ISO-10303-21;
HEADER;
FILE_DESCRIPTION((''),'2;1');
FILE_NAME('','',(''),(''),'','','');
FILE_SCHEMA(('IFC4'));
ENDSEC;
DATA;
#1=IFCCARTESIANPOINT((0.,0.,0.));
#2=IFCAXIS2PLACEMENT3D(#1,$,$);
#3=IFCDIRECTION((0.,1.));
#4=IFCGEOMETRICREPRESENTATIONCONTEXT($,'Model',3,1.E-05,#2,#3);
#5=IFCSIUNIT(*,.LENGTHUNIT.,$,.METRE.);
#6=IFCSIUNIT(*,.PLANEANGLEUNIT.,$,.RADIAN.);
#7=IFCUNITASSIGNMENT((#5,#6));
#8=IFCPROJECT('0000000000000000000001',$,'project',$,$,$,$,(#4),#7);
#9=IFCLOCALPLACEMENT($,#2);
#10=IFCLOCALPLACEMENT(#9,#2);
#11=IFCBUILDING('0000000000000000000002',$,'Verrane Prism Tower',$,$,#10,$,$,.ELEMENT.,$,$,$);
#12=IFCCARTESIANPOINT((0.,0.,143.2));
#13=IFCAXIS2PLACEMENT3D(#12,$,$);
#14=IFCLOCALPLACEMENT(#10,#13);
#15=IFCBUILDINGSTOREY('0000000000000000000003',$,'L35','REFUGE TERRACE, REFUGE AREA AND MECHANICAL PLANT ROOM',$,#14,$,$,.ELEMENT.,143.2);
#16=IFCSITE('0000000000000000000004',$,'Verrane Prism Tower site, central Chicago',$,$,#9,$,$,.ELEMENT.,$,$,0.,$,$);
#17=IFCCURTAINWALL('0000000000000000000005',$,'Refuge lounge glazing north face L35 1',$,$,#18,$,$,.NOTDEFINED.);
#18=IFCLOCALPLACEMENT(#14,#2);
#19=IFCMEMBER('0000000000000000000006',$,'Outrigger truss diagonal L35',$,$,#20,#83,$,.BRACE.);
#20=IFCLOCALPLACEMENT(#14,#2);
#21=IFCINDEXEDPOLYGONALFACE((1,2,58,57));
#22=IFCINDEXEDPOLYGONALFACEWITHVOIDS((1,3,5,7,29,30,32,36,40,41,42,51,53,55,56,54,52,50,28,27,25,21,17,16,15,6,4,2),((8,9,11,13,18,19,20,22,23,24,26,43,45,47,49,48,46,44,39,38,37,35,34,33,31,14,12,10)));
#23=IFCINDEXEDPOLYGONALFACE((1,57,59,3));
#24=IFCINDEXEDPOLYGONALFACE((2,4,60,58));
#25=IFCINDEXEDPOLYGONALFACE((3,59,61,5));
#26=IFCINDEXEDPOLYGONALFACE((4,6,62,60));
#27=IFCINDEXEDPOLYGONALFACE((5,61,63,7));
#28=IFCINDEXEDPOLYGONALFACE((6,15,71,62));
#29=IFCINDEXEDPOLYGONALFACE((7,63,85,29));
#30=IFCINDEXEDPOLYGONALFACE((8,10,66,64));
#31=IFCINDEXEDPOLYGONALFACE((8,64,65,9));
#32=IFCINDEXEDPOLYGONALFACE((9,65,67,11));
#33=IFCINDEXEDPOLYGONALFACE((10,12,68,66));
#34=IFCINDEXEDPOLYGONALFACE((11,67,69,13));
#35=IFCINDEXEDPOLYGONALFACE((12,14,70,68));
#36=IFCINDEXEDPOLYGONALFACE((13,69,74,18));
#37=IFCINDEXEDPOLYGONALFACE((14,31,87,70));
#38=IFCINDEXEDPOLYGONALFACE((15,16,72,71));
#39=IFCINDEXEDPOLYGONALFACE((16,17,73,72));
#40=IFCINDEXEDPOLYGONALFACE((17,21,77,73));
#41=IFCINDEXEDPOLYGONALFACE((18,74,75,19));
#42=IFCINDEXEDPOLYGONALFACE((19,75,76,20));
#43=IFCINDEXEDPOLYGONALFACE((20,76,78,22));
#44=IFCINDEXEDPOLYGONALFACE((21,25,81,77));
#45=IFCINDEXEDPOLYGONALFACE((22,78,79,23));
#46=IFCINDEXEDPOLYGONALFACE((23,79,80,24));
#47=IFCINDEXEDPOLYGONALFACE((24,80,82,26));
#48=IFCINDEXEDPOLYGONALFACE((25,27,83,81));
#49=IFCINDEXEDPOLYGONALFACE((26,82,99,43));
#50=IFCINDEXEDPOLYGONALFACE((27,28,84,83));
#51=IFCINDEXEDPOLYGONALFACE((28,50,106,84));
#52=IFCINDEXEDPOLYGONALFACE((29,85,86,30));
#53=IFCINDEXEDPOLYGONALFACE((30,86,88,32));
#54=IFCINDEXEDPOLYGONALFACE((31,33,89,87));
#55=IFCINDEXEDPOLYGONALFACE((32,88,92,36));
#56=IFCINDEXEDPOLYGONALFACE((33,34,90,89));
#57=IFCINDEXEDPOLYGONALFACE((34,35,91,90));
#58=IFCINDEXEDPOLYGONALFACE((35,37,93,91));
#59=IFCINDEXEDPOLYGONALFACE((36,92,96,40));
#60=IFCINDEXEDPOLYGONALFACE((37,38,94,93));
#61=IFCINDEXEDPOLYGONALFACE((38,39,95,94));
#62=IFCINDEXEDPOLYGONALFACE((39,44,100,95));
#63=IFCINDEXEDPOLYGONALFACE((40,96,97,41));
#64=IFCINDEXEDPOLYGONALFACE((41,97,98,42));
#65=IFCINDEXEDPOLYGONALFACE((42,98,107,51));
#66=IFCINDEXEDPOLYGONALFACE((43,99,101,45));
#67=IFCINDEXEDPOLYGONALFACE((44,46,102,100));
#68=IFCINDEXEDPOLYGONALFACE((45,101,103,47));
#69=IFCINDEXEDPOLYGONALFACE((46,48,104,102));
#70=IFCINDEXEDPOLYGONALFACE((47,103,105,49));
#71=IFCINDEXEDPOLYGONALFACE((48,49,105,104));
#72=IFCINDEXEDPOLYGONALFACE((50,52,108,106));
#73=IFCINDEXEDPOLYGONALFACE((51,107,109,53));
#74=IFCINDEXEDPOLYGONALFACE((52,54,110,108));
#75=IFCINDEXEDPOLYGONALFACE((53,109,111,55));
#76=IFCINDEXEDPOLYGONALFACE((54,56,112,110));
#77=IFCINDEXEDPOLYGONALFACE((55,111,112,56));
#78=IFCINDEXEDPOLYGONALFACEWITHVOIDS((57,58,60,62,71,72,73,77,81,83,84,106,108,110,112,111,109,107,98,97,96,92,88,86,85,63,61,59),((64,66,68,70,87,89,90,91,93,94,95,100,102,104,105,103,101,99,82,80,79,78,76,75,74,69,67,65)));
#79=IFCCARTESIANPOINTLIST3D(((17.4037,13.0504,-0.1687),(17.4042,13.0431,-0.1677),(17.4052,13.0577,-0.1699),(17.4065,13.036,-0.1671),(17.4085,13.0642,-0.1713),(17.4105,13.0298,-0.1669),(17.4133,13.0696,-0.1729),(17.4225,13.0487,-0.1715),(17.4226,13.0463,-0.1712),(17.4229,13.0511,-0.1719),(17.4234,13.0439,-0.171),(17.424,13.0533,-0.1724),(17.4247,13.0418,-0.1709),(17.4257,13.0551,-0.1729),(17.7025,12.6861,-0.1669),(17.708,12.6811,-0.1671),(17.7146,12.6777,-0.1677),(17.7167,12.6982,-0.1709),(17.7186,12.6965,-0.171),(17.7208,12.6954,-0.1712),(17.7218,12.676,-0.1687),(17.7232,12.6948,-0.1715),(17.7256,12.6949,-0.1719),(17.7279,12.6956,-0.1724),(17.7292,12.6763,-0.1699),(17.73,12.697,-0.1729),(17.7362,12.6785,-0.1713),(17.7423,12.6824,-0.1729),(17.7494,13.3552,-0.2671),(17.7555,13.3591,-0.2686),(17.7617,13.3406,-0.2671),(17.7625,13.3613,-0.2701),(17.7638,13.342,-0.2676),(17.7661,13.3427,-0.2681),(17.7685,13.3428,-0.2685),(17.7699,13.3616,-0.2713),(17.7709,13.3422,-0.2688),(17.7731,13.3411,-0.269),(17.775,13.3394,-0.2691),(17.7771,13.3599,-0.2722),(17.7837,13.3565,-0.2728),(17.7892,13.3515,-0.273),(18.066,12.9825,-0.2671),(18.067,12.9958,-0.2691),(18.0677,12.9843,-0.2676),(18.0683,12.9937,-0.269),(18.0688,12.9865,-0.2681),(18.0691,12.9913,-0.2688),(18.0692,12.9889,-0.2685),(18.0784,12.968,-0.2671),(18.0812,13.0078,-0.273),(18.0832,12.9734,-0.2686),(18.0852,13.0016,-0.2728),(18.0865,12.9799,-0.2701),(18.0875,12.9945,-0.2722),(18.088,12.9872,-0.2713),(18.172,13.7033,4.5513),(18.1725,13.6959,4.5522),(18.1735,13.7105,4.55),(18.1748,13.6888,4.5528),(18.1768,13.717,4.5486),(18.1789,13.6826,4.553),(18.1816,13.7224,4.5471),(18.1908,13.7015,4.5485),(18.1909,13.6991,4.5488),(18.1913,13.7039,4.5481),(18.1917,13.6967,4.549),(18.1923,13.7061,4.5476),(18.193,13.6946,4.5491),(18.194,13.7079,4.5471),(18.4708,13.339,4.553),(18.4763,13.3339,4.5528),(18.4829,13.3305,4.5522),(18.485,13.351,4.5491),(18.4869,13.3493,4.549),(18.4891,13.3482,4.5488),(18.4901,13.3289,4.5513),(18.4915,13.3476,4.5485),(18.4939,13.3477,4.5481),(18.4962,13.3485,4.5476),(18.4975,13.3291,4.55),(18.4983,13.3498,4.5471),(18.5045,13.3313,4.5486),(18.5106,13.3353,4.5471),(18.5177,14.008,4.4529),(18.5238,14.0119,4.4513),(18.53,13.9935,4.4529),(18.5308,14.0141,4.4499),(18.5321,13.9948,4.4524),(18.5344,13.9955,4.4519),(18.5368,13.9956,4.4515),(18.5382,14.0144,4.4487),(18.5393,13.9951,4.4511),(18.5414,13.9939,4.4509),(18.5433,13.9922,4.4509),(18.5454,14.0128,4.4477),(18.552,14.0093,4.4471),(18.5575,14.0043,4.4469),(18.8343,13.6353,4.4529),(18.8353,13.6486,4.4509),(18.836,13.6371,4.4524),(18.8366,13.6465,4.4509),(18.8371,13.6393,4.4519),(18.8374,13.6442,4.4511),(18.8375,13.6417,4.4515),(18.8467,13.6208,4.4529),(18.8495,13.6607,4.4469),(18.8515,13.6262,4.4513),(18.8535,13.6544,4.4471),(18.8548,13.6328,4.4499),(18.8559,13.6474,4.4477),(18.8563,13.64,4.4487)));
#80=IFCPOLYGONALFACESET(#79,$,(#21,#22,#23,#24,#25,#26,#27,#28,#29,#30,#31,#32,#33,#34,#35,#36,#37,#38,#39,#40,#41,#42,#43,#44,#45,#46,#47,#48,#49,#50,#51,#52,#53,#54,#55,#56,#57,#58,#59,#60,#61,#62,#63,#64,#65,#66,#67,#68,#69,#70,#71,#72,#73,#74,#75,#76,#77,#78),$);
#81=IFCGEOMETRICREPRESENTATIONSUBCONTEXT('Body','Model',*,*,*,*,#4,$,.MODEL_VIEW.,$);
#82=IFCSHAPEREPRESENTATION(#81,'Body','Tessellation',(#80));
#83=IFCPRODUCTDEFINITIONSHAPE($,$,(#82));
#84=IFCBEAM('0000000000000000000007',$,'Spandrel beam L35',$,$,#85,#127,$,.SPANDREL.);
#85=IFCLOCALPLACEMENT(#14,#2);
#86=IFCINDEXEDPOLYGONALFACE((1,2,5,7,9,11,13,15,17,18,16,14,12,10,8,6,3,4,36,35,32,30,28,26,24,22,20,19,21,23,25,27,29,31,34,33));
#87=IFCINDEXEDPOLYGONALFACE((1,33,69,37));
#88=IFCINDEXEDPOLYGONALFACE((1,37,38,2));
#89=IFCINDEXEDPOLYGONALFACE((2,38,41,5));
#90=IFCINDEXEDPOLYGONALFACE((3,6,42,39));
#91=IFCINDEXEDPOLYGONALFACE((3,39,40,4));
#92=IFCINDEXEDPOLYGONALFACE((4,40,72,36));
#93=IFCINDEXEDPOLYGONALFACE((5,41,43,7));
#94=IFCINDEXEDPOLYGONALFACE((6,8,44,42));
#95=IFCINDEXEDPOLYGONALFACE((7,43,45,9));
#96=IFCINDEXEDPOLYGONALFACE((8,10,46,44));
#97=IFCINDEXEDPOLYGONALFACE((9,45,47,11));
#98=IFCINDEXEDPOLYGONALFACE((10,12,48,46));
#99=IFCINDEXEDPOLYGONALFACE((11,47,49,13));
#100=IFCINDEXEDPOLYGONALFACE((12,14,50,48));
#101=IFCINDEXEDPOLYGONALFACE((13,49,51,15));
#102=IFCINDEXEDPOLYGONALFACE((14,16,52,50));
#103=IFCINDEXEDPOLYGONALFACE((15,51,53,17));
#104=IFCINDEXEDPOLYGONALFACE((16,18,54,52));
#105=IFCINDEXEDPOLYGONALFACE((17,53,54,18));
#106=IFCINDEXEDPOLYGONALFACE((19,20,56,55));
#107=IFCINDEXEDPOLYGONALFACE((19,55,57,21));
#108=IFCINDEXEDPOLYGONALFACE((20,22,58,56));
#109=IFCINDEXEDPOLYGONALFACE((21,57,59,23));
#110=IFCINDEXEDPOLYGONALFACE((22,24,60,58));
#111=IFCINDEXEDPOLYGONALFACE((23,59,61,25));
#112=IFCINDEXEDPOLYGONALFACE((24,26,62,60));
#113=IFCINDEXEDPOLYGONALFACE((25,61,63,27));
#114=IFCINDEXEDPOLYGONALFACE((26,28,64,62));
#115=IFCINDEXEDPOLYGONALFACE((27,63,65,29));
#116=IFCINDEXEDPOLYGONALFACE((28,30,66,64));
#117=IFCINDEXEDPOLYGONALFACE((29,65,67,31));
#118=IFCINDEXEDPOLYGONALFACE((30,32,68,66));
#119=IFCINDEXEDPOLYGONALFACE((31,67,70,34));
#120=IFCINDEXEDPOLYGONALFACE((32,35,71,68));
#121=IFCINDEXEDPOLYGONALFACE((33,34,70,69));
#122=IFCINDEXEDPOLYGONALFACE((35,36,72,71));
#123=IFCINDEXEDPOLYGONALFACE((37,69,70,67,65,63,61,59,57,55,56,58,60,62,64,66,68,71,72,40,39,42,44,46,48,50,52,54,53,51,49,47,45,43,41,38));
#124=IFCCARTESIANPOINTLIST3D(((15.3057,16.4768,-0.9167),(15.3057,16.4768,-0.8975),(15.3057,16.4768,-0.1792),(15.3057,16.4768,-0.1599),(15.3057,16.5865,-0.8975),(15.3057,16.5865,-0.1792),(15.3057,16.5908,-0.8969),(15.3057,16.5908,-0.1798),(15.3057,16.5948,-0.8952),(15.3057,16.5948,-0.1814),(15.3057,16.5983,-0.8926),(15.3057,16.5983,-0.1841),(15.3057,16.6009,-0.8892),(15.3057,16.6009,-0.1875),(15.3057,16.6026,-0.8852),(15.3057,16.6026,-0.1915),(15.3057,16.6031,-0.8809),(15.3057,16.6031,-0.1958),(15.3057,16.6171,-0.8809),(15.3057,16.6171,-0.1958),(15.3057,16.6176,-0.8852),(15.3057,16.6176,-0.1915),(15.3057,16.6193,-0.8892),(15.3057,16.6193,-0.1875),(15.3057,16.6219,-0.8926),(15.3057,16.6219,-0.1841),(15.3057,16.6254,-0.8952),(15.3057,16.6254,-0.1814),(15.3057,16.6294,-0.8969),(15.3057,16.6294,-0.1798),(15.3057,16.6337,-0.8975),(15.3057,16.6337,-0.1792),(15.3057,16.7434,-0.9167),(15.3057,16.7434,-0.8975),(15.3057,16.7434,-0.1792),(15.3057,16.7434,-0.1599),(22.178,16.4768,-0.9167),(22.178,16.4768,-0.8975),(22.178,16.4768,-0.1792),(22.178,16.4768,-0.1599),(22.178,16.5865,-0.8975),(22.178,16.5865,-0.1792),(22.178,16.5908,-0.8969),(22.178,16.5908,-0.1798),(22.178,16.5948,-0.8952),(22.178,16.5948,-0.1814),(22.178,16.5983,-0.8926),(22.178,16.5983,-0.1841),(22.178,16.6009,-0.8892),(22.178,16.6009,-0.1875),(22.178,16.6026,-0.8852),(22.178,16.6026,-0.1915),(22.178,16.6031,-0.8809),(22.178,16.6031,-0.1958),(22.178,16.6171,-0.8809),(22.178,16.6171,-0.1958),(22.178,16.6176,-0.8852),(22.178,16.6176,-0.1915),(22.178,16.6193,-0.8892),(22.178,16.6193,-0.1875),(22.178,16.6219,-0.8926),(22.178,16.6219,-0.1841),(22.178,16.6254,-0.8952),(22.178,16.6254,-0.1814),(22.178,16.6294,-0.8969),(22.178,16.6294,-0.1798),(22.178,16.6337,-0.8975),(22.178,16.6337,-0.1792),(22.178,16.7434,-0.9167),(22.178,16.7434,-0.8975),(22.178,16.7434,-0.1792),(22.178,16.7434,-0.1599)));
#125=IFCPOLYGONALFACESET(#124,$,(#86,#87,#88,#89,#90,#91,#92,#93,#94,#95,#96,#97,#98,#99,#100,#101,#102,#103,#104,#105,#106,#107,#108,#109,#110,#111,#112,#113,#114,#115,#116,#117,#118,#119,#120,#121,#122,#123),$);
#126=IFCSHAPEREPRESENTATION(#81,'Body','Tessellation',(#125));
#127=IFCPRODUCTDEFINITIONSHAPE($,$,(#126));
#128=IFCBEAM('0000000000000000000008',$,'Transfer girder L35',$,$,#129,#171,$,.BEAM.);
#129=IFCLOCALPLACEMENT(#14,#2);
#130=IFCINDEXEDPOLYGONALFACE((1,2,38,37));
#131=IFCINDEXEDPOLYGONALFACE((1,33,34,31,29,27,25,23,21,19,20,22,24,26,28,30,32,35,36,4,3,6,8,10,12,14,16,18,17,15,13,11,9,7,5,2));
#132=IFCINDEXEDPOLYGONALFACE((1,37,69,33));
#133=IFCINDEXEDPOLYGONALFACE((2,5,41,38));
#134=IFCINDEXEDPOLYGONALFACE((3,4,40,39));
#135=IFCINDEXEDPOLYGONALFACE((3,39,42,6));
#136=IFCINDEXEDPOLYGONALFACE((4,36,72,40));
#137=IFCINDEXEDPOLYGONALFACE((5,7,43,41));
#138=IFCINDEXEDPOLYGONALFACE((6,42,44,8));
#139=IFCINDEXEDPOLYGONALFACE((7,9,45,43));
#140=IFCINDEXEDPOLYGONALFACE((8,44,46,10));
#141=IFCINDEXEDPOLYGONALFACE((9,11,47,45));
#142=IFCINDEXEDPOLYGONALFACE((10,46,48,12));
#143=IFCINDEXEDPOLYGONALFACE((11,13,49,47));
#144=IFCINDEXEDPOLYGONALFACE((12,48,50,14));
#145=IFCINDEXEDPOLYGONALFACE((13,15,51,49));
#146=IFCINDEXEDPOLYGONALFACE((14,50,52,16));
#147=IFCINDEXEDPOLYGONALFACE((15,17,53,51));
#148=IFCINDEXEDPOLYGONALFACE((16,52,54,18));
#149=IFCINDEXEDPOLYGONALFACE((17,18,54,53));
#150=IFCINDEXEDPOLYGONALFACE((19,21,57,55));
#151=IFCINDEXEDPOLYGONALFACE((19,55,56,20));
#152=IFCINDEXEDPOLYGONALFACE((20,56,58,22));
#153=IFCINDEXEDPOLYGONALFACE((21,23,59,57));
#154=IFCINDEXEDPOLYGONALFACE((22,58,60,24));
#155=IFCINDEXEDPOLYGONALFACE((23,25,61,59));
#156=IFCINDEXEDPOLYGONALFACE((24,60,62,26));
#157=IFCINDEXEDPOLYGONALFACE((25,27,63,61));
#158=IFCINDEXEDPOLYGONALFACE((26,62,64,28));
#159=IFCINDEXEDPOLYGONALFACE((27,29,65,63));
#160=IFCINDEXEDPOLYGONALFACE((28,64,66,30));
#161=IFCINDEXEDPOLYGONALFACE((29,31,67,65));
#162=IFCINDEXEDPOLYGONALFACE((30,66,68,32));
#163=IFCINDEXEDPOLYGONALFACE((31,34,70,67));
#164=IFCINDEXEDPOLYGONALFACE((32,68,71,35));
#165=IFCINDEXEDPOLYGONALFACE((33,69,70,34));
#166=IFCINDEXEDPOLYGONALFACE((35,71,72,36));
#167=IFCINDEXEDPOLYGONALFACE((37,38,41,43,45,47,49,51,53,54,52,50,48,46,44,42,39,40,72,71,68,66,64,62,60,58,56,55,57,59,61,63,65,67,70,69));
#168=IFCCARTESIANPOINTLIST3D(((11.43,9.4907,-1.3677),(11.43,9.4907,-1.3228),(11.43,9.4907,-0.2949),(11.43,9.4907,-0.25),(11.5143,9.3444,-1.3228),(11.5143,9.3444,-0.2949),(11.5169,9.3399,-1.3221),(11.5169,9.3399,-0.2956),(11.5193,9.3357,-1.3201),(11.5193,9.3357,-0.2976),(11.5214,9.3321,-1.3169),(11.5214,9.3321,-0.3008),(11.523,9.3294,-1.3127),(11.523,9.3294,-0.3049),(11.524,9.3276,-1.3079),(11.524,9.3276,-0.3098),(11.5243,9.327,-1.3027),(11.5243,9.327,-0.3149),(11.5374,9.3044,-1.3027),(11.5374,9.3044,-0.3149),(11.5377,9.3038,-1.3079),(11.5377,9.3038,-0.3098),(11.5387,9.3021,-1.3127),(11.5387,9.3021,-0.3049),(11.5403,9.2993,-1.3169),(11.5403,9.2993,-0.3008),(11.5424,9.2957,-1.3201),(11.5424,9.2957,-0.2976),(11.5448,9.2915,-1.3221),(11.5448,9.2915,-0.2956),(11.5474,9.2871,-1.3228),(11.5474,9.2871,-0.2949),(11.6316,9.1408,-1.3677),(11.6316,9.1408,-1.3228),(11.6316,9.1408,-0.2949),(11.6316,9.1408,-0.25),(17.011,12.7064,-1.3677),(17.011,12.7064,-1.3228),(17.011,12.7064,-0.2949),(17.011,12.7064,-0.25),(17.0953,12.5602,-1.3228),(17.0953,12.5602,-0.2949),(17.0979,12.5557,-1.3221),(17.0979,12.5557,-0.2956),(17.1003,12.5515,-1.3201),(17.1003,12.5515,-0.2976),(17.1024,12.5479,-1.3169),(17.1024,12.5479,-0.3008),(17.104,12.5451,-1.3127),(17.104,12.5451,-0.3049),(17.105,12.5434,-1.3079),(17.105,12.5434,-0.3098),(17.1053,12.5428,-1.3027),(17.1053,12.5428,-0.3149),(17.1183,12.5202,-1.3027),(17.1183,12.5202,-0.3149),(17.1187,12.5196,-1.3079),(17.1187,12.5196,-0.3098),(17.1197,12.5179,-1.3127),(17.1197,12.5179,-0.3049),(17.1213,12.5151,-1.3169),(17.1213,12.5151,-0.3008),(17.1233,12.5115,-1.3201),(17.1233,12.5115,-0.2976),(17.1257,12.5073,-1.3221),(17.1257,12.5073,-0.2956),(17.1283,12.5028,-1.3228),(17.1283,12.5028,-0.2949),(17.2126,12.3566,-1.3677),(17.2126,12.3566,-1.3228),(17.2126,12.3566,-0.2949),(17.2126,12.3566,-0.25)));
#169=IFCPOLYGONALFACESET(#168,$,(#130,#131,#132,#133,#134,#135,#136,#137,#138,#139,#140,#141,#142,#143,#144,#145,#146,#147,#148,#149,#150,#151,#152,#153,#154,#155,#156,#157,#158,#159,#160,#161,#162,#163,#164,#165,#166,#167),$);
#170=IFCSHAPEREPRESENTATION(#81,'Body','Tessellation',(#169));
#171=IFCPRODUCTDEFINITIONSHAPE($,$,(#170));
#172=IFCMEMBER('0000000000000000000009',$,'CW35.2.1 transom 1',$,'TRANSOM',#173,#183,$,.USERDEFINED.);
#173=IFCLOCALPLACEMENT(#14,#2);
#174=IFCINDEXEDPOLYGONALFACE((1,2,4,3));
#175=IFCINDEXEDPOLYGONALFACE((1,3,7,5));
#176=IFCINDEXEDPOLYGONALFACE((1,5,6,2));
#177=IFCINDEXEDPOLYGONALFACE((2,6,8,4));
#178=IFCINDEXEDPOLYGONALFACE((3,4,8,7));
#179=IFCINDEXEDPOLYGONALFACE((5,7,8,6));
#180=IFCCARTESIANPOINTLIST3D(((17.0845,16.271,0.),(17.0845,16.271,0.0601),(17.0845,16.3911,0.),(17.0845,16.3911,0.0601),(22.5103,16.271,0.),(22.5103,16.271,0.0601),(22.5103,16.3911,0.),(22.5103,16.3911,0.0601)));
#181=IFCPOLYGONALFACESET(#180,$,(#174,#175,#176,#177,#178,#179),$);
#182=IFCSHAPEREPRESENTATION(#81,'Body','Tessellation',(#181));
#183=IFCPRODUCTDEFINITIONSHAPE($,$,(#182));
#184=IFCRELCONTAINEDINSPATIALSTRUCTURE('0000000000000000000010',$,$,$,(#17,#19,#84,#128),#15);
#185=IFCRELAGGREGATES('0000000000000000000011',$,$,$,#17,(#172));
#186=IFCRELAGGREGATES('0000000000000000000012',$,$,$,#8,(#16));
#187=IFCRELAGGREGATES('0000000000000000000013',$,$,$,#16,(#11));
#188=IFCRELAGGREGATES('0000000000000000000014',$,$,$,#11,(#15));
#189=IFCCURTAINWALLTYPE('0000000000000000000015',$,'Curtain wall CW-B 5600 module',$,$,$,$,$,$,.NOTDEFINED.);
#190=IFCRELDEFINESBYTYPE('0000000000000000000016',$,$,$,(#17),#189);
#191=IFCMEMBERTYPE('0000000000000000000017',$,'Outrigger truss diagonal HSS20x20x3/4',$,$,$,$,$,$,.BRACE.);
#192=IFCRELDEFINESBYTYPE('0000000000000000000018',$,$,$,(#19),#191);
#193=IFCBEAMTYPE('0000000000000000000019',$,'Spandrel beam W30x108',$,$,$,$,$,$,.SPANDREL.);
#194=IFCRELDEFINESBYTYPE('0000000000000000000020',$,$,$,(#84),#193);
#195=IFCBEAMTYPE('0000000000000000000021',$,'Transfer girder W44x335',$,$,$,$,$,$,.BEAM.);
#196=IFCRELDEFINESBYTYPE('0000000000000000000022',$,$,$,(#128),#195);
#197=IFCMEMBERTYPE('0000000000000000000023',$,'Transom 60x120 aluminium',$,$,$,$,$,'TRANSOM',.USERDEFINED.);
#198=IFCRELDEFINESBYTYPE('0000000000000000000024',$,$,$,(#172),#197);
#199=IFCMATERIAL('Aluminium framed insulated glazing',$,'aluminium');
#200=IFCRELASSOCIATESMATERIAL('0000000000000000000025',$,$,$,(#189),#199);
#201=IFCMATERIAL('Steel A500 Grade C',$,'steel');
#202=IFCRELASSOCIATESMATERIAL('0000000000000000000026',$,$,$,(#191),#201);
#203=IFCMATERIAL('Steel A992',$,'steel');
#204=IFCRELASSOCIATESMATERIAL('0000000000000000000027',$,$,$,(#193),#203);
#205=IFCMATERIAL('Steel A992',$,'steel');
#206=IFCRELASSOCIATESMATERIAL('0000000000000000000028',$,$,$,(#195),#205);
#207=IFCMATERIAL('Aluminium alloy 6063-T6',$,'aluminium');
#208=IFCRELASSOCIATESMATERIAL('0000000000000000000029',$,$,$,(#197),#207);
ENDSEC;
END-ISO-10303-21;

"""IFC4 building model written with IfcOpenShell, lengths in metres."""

from ifc_helpers import new_model, si_unit, direction, frame, origin, origin_2d, place, context, subcontext, project, spatial, rectangle, hollow_rectangle, i_section, extrude, material, material_profile, profile_set, type_object, element, aggregate, save


model = new_model("IFC4")

# Units and contexts
model_context = context("Model", 3, precision=1e-05, world=origin(), true_north=direction((0.0, 1.0)))
body_context = subcontext(model_context, "Body", "Model", "MODEL_VIEW")
ifc_project = project(units=[si_unit("LENGTHUNIT", "METRE"), si_unit("PLANEANGLEUNIT", "RADIAN")], contexts=[model_context])

# Site, building, storey
site_placement = place(None, origin())
site = spatial("IfcSite", under=ifc_project, at=site_placement, Name="Verrane Prism Tower site, central Chicago", CompositionType="ELEMENT", RefElevation=0.0)
building_placement = place(site_placement, origin())
building = spatial("IfcBuilding", under=site, at=building_placement, Name="Verrane Prism Tower", CompositionType="ELEMENT")
storey_placement = place(building_placement, frame((0.0, 0.0, 143.2)))
storey = spatial("IfcBuildingStorey", under=building, at=storey_placement, Name="L35", Description="REFUGE TERRACE, REFUGE AREA AND MECHANICAL PLANT ROOM", CompositionType="ELEMENT", Elevation=143.2)

# Curtain wall
ifc_material_1 = material(Name="Aluminium framed insulated glazing", Category="aluminium")
curtain_wall_type = type_object("IfcCurtainWallType", Name="Curtain wall CW-B 5600 module", PredefinedType="NOTDEFINED", material=ifc_material_1)
curtain_wall_placement = place(storey_placement, origin())
curtain_wall = element("IfcCurtainWall", 1, at=curtain_wall_placement, inside=storey, type_object=curtain_wall_type, Name="Refuge lounge glazing north face L35 1", PredefinedType="NOTDEFINED")

# Member
ifc_material_2 = material(Name="Steel A500 Grade C", Category="steel")
ifc_material_profile_1 = material_profile(ifc_material_2, hollow_rectangle(XDim=0.5081, YDim=0.5081, WallThickness=0.019, InnerFilletRadius=0.0095, OuterFilletRadius=0.0286, at=origin_2d()), Name="HSS20x20x3/4")
ifc_profile_set_1 = profile_set([ifc_material_profile_1], Name="Steel A500 Grade C")
member_type_1 = type_object("IfcMemberType", Name="Outrigger truss diagonal HSS20x20x3/4", PredefinedType="BRACE", material=ifc_profile_set_1)
member_1_placement = place(storey_placement, frame((17.7458, 13.0188, -0.22), z_axis=(0.159188, 0.135261, 0.977938), x_axis=(-0.647515, 0.762053, 0.0)))
element("IfcMember", 2, at=member_1_placement, inside=storey, type_object=member_type_1, Name="Outrigger truss diagonal L35", PredefinedType="BRACE", context=body_context, shape_type="SweptSolid", body=[
    extrude(hollow_rectangle(XDim=0.5081, YDim=0.5081, WallThickness=0.019, InnerFilletRadius=0.0095, OuterFilletRadius=0.0286, at=origin_2d()), origin(), (0.0, 0.0, 1.0), 4.8264),
])

# Beams
ifc_material_3 = material(Name="Steel A992", Category="steel")
ifc_material_profile_2 = material_profile(ifc_material_3, i_section(OverallWidth=0.2666, OverallDepth=0.7568, WebThickness=0.0139, FlangeThickness=0.0193, FilletRadius=0.0166, at=origin_2d()), Name="W30x108")
ifc_profile_set_2 = profile_set([ifc_material_profile_2], Name="Steel A992")
beam_type_1 = type_object("IfcBeamType", Name="Spandrel beam W30x108", PredefinedType="SPANDREL", material=ifc_profile_set_2)
beam_1_placement = place(storey_placement, frame((22.178, 16.6101, -0.5383), z_axis=(-1.0, 0.0, 0.0), x_axis=(0.0, -1.0, 0.0)))
element("IfcBeam", 3, at=beam_1_placement, inside=storey, type_object=beam_type_1, Name="Spandrel beam L35", PredefinedType="SPANDREL", context=body_context, shape_type="SweptSolid", body=[
    extrude(i_section(OverallWidth=0.2666, OverallDepth=0.7568, WebThickness=0.0139, FlangeThickness=0.0193, FilletRadius=0.0166, at=origin_2d()), origin(), (0.0, 0.0, 1.0), 6.8723),
])
ifc_material_4 = material(Name="Steel A992", Category="steel")
ifc_material_profile_3 = material_profile(ifc_material_4, i_section(OverallWidth=0.4038, OverallDepth=1.1177, WebThickness=0.0261, FlangeThickness=0.0449, FilletRadius=0.02, at=origin_2d()), Name="W44x335")
ifc_profile_set_3 = profile_set([ifc_material_profile_3], Name="Steel A992")
beam_type_2 = type_object("IfcBeamType", Name="Transfer girder W44x335", PredefinedType="BEAM", material=ifc_profile_set_3)
beam_2_placement = place(storey_placement, frame((17.1118, 12.5315, -0.8088), z_axis=(-0.866456, -0.499254, 0.0), x_axis=(0.499254, -0.866456, 0.0)))
element("IfcBeam", 4, at=beam_2_placement, inside=storey, type_object=beam_type_2, Name="Transfer girder L35", PredefinedType="BEAM", context=body_context, shape_type="SweptSolid", body=[
    extrude(i_section(OverallWidth=0.4038, OverallDepth=1.1177, WebThickness=0.0261, FlangeThickness=0.0449, FilletRadius=0.02, at=origin_2d()), origin(), (0.0, 0.0, 1.0), 6.4412),
])

# Member
ifc_material_5 = material(Name="Aluminium alloy 6063-T6", Category="aluminium")
ifc_material_profile_4 = material_profile(ifc_material_5, rectangle(XDim=0.1201, YDim=0.0601, at=origin_2d()), Name="Transom 60x120 aluminium")
ifc_profile_set_4 = profile_set([ifc_material_profile_4], Name="Aluminium alloy 6063-T6")
member_type_2 = type_object("IfcMemberType", Name="Transom 60x120 aluminium", ElementType="TRANSOM", PredefinedType="USERDEFINED", material=ifc_profile_set_4)
member_2_placement = place(storey_placement, frame((22.5103, 16.3311, 0.03), z_axis=(-1.0, 0.0, 0.0), x_axis=(0.0, -1.0, 0.0)))
member_2 = element("IfcMember", 5, at=member_2_placement, type_object=member_type_2, Name="CW35.2.1 transom 1", ObjectType="TRANSOM", PredefinedType="USERDEFINED", context=body_context, shape_type="SweptSolid", body=[
    extrude(rectangle(XDim=0.1201, YDim=0.0601, at=origin_2d()), origin(), (0.0, 0.0, 1.0), 5.4258),
])

aggregate(curtain_wall, [member_2])

save(model, "model.ifc")
